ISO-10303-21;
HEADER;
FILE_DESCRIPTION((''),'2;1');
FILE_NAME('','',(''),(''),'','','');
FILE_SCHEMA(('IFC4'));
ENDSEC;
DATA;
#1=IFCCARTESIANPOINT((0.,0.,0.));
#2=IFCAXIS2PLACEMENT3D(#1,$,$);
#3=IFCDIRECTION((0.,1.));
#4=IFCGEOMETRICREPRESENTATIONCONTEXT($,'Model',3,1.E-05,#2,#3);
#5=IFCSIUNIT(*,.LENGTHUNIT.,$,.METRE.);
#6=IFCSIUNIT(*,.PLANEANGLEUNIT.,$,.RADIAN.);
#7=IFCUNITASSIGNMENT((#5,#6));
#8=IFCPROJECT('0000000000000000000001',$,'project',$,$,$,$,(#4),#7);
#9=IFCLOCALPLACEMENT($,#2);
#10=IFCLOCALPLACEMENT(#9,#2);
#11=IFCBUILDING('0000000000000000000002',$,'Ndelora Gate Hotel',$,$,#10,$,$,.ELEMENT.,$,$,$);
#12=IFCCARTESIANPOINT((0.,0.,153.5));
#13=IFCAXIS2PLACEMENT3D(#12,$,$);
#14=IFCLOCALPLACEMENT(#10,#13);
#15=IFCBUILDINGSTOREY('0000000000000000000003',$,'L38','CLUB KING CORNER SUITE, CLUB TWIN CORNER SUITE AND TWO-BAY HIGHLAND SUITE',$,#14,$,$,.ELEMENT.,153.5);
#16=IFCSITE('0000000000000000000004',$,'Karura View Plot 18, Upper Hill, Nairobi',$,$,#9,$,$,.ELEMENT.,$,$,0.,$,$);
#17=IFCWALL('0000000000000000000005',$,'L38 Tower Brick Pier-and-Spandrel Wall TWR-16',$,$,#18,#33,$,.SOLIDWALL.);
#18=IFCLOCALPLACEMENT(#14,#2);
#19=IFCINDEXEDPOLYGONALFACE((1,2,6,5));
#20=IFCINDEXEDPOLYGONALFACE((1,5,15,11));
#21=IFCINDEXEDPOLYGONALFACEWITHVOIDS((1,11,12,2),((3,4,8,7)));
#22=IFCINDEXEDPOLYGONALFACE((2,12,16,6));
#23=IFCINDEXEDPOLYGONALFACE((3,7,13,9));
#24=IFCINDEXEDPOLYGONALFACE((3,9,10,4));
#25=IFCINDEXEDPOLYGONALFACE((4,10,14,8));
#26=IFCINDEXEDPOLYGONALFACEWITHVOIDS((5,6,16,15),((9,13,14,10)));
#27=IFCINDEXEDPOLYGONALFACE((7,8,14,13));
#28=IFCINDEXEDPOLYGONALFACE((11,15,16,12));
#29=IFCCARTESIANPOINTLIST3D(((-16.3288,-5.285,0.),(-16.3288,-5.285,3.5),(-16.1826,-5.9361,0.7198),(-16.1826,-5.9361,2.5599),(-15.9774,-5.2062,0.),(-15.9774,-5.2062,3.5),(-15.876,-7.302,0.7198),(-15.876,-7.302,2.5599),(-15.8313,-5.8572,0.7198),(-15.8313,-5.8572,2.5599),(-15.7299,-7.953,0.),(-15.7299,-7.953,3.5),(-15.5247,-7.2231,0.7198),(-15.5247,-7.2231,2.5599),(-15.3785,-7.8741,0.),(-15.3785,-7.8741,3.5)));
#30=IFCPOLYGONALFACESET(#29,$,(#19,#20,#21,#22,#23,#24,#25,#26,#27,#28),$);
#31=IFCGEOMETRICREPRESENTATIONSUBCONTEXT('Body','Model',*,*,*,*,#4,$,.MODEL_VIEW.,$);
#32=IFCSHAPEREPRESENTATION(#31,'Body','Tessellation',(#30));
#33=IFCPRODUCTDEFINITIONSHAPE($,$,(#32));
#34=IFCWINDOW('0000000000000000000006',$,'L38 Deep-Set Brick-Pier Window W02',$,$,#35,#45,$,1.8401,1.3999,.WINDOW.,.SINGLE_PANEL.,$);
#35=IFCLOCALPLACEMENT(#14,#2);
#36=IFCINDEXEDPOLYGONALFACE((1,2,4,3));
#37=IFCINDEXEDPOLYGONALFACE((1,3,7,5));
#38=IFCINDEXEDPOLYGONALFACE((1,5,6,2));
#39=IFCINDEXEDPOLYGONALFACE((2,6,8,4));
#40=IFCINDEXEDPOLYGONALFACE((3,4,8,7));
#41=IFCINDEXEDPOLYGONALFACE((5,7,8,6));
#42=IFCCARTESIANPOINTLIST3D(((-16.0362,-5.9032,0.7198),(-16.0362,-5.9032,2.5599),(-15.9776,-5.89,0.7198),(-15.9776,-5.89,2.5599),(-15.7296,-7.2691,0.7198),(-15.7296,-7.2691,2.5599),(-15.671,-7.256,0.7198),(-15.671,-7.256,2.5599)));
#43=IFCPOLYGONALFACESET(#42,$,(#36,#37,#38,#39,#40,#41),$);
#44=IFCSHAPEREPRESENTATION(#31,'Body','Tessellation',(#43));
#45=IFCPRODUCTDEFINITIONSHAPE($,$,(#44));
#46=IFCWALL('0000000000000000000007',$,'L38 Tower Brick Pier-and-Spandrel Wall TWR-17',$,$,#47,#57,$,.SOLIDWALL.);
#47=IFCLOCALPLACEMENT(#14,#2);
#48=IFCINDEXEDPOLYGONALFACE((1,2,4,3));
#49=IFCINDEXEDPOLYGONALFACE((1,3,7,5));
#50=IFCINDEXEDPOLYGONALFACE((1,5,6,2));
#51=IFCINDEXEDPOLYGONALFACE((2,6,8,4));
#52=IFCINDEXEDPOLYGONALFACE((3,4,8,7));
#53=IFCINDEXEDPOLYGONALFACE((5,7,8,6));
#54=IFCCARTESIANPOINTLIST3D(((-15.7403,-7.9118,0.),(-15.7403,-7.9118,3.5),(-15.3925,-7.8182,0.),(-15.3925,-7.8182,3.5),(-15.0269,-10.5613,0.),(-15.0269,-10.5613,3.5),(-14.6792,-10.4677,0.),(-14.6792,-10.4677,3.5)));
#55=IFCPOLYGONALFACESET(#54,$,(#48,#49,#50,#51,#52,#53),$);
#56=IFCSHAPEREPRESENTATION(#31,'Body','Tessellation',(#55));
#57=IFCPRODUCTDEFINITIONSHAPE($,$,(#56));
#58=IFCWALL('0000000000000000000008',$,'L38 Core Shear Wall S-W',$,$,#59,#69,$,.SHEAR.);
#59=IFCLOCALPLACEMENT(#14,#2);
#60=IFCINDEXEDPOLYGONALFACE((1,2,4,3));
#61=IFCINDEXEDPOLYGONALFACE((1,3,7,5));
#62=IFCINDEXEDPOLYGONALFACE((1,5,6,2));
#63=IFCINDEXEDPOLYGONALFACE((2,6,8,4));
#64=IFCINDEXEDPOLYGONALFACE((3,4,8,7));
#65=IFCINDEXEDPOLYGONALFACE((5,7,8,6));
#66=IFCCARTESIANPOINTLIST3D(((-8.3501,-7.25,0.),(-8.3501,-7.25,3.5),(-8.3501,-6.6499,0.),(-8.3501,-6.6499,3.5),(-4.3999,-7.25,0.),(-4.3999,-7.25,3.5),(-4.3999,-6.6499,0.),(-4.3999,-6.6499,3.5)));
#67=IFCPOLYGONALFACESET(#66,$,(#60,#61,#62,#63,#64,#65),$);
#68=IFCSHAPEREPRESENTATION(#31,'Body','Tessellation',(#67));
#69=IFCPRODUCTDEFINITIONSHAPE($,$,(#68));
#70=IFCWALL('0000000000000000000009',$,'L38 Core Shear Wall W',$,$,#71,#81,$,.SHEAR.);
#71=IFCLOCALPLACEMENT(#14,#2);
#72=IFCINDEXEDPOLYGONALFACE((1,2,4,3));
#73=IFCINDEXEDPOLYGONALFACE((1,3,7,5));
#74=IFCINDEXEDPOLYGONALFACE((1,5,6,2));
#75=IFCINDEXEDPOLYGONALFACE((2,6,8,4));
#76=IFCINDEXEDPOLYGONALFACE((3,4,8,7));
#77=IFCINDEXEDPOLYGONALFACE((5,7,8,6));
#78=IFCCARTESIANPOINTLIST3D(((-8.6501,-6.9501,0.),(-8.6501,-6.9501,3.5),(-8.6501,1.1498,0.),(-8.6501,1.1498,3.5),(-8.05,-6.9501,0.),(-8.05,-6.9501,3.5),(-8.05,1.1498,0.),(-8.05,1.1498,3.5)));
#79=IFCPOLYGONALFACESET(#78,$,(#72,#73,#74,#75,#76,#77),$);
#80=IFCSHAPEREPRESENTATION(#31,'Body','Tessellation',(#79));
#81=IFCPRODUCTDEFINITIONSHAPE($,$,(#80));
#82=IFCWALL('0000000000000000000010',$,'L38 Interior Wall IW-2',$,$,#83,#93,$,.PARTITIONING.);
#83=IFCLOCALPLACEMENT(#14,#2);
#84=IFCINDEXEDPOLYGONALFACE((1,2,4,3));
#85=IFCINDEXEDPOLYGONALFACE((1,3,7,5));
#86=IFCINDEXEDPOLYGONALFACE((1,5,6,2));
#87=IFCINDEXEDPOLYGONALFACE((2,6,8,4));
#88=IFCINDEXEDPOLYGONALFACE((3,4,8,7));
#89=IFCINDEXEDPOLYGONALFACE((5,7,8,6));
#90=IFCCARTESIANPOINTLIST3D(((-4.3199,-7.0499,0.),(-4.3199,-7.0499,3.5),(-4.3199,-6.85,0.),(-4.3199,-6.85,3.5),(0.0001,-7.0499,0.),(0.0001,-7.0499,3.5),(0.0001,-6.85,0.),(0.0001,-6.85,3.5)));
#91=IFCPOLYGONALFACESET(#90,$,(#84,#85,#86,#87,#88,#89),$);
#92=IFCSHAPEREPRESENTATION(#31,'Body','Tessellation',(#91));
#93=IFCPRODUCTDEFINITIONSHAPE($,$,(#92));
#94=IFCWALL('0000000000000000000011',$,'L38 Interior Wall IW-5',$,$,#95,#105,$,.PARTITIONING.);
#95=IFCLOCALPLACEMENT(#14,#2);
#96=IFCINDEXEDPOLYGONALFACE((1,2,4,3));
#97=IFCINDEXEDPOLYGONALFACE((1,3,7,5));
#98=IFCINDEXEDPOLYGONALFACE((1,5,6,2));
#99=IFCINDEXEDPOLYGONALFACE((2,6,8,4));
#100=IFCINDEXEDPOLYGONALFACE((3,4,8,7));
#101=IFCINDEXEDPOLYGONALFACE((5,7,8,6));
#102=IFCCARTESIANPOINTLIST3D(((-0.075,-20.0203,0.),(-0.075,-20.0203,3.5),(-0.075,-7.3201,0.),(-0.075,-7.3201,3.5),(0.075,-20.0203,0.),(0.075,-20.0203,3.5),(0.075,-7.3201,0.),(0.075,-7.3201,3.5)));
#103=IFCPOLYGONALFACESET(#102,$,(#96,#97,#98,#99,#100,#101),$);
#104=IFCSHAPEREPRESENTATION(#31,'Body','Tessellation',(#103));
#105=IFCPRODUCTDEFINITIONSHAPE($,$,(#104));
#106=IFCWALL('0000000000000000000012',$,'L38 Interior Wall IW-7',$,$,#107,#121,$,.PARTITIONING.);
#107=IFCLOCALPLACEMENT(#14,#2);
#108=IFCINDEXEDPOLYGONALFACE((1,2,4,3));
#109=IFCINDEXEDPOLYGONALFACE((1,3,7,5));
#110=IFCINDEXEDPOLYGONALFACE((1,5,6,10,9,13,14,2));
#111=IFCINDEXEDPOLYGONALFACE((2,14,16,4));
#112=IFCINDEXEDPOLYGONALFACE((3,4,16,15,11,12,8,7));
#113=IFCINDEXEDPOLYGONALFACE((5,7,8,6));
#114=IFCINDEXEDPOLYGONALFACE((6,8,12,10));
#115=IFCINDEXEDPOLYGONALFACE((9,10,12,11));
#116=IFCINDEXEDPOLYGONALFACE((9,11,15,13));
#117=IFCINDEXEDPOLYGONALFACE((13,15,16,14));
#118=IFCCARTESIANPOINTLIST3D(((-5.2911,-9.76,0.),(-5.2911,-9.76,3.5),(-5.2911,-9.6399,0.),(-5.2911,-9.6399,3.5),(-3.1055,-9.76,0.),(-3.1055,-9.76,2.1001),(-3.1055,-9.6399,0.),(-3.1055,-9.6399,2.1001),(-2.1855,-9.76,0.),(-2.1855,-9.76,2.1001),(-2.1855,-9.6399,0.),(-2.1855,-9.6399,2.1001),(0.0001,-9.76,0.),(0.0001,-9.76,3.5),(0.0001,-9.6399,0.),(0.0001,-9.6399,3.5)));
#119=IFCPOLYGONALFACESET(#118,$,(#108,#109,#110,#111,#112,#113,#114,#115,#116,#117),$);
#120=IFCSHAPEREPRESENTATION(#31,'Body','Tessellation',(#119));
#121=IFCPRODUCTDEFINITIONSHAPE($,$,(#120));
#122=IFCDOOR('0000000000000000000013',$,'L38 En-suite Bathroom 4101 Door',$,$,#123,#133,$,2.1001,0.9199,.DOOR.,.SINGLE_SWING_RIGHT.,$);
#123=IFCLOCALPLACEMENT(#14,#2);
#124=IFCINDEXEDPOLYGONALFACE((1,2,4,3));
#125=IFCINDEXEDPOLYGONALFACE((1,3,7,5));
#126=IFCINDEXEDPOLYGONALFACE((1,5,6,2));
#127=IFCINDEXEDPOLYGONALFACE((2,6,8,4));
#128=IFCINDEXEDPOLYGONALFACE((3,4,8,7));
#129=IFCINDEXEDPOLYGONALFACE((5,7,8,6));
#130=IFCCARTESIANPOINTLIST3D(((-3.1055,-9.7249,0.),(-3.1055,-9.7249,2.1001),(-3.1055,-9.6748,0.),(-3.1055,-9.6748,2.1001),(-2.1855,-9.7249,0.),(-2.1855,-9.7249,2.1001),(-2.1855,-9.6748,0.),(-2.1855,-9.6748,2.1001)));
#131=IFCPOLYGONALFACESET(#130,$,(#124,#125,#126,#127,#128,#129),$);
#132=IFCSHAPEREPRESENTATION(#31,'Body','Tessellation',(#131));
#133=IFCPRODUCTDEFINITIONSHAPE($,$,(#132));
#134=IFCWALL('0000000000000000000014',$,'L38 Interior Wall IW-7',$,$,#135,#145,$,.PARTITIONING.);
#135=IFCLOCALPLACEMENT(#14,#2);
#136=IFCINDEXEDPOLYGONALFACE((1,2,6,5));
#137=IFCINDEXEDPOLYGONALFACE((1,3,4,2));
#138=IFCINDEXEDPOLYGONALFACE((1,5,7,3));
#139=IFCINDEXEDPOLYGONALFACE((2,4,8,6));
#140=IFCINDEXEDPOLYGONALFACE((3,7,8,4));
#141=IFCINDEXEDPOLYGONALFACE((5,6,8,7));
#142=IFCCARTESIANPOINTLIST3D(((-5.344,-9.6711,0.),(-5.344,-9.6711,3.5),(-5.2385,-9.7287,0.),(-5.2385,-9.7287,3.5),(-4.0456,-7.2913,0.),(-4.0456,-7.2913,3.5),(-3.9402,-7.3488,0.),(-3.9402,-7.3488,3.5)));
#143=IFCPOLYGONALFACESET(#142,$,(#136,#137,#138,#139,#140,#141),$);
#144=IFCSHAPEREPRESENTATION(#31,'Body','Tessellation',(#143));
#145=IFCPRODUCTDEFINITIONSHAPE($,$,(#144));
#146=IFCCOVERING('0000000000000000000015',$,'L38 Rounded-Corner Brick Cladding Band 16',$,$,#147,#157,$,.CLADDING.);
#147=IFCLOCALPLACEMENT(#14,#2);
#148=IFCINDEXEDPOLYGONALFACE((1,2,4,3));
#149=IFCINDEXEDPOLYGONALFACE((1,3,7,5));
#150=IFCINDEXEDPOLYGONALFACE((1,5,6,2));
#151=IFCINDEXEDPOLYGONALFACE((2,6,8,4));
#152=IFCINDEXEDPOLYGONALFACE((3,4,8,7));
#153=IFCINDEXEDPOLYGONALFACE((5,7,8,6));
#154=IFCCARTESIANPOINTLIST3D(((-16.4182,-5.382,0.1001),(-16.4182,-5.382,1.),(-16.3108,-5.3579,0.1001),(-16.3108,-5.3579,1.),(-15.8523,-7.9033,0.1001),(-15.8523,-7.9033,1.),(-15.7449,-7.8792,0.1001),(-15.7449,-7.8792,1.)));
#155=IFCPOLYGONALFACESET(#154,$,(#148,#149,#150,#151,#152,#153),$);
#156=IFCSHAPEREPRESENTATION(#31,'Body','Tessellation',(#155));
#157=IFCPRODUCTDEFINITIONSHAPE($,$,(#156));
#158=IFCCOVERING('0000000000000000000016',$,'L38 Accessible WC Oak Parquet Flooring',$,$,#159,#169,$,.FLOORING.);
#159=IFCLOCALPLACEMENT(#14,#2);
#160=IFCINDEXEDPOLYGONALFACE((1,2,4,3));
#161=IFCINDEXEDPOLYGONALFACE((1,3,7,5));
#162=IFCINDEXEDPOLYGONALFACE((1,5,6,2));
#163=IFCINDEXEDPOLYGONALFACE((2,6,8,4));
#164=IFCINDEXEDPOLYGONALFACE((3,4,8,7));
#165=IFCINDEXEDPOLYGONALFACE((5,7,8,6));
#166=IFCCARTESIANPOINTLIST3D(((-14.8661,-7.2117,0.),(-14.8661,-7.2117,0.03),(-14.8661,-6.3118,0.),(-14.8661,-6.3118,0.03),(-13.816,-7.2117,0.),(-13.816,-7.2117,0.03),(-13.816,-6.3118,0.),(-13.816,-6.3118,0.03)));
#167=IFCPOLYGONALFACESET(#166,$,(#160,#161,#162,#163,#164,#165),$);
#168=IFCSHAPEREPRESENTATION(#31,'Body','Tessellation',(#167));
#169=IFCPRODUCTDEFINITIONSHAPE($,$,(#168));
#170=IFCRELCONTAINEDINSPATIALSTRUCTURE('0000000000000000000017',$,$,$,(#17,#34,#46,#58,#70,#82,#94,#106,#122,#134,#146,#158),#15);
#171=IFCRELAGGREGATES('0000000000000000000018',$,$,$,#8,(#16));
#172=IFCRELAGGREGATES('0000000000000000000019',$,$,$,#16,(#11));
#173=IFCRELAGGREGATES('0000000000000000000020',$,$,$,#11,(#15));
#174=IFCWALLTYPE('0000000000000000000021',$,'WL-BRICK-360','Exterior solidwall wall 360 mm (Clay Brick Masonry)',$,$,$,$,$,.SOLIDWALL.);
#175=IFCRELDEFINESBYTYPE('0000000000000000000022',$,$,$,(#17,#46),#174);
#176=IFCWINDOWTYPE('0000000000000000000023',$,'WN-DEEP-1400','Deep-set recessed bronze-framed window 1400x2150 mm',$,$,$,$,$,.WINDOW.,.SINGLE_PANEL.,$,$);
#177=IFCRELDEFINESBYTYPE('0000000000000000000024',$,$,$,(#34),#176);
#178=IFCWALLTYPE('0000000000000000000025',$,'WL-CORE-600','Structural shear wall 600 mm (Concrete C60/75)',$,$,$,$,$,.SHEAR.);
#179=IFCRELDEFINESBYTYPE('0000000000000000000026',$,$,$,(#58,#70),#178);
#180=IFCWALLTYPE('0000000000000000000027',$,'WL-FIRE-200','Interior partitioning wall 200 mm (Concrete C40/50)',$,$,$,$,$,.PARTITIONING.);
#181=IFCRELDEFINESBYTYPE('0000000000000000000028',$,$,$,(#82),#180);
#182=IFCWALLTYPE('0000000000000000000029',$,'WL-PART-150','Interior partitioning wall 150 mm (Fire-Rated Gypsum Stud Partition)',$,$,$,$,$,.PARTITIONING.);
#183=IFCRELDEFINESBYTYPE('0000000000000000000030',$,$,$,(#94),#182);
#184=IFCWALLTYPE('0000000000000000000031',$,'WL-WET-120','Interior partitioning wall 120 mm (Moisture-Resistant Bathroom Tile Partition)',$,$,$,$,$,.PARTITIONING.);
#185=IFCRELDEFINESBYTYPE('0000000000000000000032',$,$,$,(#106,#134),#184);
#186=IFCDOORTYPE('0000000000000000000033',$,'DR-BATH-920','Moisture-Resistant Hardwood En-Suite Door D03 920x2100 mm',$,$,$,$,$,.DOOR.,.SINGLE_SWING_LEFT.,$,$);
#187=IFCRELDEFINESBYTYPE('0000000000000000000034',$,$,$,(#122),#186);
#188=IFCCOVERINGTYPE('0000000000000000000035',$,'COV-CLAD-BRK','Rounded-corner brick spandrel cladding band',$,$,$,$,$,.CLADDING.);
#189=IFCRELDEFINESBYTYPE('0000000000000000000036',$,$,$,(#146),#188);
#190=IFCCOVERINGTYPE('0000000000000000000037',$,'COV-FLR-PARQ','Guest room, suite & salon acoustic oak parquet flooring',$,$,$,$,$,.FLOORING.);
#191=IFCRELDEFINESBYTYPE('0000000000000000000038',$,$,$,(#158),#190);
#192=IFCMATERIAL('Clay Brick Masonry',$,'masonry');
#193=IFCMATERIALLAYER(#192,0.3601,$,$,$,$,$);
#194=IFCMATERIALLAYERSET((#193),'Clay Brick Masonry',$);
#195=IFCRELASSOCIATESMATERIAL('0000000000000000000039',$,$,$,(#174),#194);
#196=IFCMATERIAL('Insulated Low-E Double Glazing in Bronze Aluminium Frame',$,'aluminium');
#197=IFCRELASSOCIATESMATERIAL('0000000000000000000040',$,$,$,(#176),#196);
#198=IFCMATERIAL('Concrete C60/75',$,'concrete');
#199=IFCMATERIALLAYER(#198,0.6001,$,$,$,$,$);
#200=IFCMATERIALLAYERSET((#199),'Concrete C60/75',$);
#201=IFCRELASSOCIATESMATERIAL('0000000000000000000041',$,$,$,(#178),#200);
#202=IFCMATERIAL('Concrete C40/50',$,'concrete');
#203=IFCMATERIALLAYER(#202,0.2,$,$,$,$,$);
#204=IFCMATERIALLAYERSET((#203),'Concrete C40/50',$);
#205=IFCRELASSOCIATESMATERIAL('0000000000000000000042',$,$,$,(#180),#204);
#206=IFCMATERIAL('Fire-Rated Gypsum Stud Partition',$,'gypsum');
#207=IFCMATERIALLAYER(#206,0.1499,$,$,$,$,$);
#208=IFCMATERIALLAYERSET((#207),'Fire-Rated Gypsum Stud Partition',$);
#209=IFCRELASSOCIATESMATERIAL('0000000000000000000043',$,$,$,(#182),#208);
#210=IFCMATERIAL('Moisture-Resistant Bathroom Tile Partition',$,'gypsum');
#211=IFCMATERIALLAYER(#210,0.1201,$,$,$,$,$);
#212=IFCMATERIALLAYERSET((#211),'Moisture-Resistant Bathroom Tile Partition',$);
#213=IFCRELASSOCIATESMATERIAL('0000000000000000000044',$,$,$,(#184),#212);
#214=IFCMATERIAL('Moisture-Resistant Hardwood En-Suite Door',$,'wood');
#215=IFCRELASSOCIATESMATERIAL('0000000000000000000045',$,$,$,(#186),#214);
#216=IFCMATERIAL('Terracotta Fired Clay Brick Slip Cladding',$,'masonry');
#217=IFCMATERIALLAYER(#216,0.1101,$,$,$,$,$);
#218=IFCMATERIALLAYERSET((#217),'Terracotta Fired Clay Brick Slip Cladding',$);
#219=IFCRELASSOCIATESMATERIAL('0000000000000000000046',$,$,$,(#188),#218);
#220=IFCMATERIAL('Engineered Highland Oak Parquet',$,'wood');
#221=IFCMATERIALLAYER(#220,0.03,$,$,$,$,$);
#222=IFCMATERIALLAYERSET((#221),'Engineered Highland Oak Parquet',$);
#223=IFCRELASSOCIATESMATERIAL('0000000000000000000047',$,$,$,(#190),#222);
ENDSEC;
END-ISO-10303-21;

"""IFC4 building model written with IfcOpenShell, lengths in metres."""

from ifc_helpers import new_model, si_unit, direction, frame, frame_2d, origin, origin_2d, place, context, subcontext, project, spatial, rectangle, extrude, material, layer, layer_set, type_object, element, fill, save


model = new_model("IFC4")

# Units and contexts
model_context = context("Model", 3, precision=1e-05, world=origin(), true_north=direction((0.0, 1.0)))
body_context = subcontext(model_context, "Body", "Model", "MODEL_VIEW")
ifc_project = project(units=[si_unit("LENGTHUNIT", "METRE"), si_unit("PLANEANGLEUNIT", "RADIAN")], contexts=[model_context])

# Site, building, storey
site_placement = place(None, origin())
site = spatial("IfcSite", under=ifc_project, at=site_placement, Name="Karura View Plot 18, Upper Hill, Nairobi", CompositionType="ELEMENT", RefElevation=0.0)
building_placement = place(site_placement, origin())
building = spatial("IfcBuilding", under=site, at=building_placement, Name="Ndelora Gate Hotel", CompositionType="ELEMENT")
storey_placement = place(building_placement, frame((0.0, 0.0, 153.5)))
storey = spatial("IfcBuildingStorey", under=building, at=storey_placement, Name="L38", Description="CLUB KING CORNER SUITE, CLUB TWIN CORNER SUITE AND TWO-BAY HIGHLAND SUITE", CompositionType="ELEMENT", Elevation=153.5)

# Shared definitions
ifc_material_1 = material(Name="Concrete C60/75", Category="concrete")

# Wall, opening, window
ifc_material_2 = material(Name="Clay Brick Masonry", Category="masonry")
ifc_layer_1 = layer(ifc_material_2, 0.3601)
ifc_layer_set_1 = layer_set([ifc_layer_1], Name="Clay Brick Masonry")
wall_type_1 = type_object("IfcWallType", Name="WL-BRICK-360", Description="Exterior solidwall wall 360 mm (Clay Brick Masonry)", PredefinedType="SOLIDWALL", material=ifc_layer_set_1)
wall_1_placement = place(storey_placement, frame((-15.5542, -7.9136, 0.0), z_axis=(0.0, 0.0, 1.0), x_axis=(-0.219019, 0.975721, 0.0)))
wall_1 = element("IfcWall", 1, at=wall_1_placement, inside=storey, type_object=wall_type_1, Name="L38 Tower Brick Pier-and-Spandrel Wall TWR-16", PredefinedType="SOLIDWALL", context=body_context, shape_type="SweptSolid", body=[
    extrude(rectangle(XDim=2.7344, YDim=0.3601, at=frame_2d((1.3672, 0.0))), origin(), (0.0, 0.0, 1.0), 3.5),
])
opening_1_placement = place(wall_1_placement, frame((0.6672, 0.0, 0.72)))
opening_1 = element("IfcOpeningElement", 2, at=opening_1_placement, cuts=wall_1, PredefinedType="OPENING", context=body_context, shape_type="SweptSolid", body=[
    extrude(rectangle(XDim=1.3999, YDim=1.8401, at=frame_2d((0.7, 0.9199))), frame((0.0, 0.1899, 0.0), z_axis=(0.0, -1.0, 0.0), x_axis=(1.0, 0.0, 0.0)), (0.0, 0.0, 1.0), 0.3801),
])
ifc_material_3 = material(Name="Insulated Low-E Double Glazing in Bronze Aluminium Frame", Category="aluminium")
window_type = type_object("IfcWindowType", Name="WN-DEEP-1400", Description="Deep-set recessed bronze-framed window 1400x2150 mm", PartitioningType="SINGLE_PANEL", PredefinedType="WINDOW", material=ifc_material_3)
window_placement = place(opening_1_placement, origin())
window = element("IfcWindow", 3, at=window_placement, inside=storey, type_object=window_type, Name="L38 Deep-Set Brick-Pier Window W02", OverallHeight=1.8401, OverallWidth=1.3999, PartitioningType="SINGLE_PANEL", PredefinedType="WINDOW", context=body_context, shape_type="SweptSolid", body=[
    extrude(rectangle(XDim=1.3999, YDim=1.8401, at=frame_2d((0.7, 0.9199))), frame((0.0, 0.03, 0.0), z_axis=(0.0, -1.0, 0.0), x_axis=(1.0, 0.0, 0.0)), (0.0, 0.0, 1.0), 0.0601),
])
fill(opening_1, window)

# Walls
wall_2_placement = place(storey_placement, frame((-14.853, -10.5146, 0.0), z_axis=(0.0, 0.0, 1.0), x_axis=(-0.259977, 0.965615, 0.0)))
element("IfcWall", 4, at=wall_2_placement, inside=storey, type_object=wall_type_1, Name="L38 Tower Brick Pier-and-Spandrel Wall TWR-17", PredefinedType="SOLIDWALL", context=body_context, shape_type="SweptSolid", body=[
    extrude(rectangle(XDim=2.7439, YDim=0.3601, at=frame_2d((1.3721, 0.0))), origin(), (0.0, 0.0, 1.0), 3.5),
])
ifc_layer_2 = layer(ifc_material_1, 0.6001)
ifc_layer_set_2 = layer_set([ifc_layer_2], Name="Concrete C60/75")
wall_type_2 = type_object("IfcWallType", Name="WL-CORE-600", Description="Structural shear wall 600 mm (Concrete C60/75)", PredefinedType="SHEAR", material=ifc_layer_set_2)
wall_3_placement = place(storey_placement, frame((-8.3501, -6.95, 0.0), z_axis=(0.0, 0.0, 1.0), x_axis=(1.0, 0.0, 0.0)))
element("IfcWall", 5, at=wall_3_placement, inside=storey, type_object=wall_type_2, Name="L38 Core Shear Wall S-W", PredefinedType="SHEAR", context=body_context, shape_type="SweptSolid", body=[
    extrude(rectangle(XDim=3.9502, YDim=0.6001, at=frame_2d((1.9751, 0.0))), origin(), (0.0, 0.0, 1.0), 3.5),
])
wall_4_placement = place(storey_placement, frame((-8.3501, -6.95, 0.0), z_axis=(0.0, 0.0, 1.0), x_axis=(0.0, 1.0, 0.0)))
element("IfcWall", 6, at=wall_4_placement, inside=storey, type_object=wall_type_2, Name="L38 Core Shear Wall W", PredefinedType="SHEAR", context=body_context, shape_type="SweptSolid", body=[
    extrude(rectangle(XDim=8.0999, YDim=0.6001, at=frame_2d((4.0498, 0.0))), origin(), (0.0, 0.0, 1.0), 3.5),
])
ifc_material_4 = material(Name="Concrete C40/50", Category="concrete")
ifc_layer_3 = layer(ifc_material_4, 0.2)
ifc_layer_set_3 = layer_set([ifc_layer_3], Name="Concrete C40/50")
wall_type_3 = type_object("IfcWallType", Name="WL-FIRE-200", Description="Interior partitioning wall 200 mm (Concrete C40/50)", PredefinedType="PARTITIONING", material=ifc_layer_set_3)
wall_5_placement = place(storey_placement, frame((-4.3201, -6.95, 0.0), z_axis=(0.0, 0.0, 1.0), x_axis=(1.0, 0.0, 0.0)))
element("IfcWall", 7, at=wall_5_placement, inside=storey, type_object=wall_type_3, Name="L38 Interior Wall IW-2", PredefinedType="PARTITIONING", context=body_context, shape_type="SweptSolid", body=[
    extrude(rectangle(XDim=4.3201, YDim=0.2, at=frame_2d((2.1602, 0.0))), origin(), (0.0, 0.0, 1.0), 3.5),
])
ifc_material_5 = material(Name="Fire-Rated Gypsum Stud Partition", Category="gypsum")
ifc_layer_4 = layer(ifc_material_5, 0.1499)
ifc_layer_set_4 = layer_set([ifc_layer_4], Name="Fire-Rated Gypsum Stud Partition")
wall_type_4 = type_object("IfcWallType", Name="WL-PART-150", Description="Interior partitioning wall 150 mm (Fire-Rated Gypsum Stud Partition)", PredefinedType="PARTITIONING", material=ifc_layer_set_4)
wall_6_placement = place(storey_placement, frame((0.0, -7.3201, 0.0), z_axis=(0.0, 0.0, 1.0), x_axis=(0.0, -1.0, 0.0)))
element("IfcWall", 8, at=wall_6_placement, inside=storey, type_object=wall_type_4, Name="L38 Interior Wall IW-5", PredefinedType="PARTITIONING", context=body_context, shape_type="SweptSolid", body=[
    extrude(rectangle(XDim=12.7002, YDim=0.1499, at=frame_2d((6.3501, 0.0))), origin(), (0.0, 0.0, 1.0), 3.5),
])

# Wall, opening, door
ifc_material_6 = material(Name="Moisture-Resistant Bathroom Tile Partition", Category="gypsum")
ifc_layer_5 = layer(ifc_material_6, 0.1201)
ifc_layer_set_5 = layer_set([ifc_layer_5], Name="Moisture-Resistant Bathroom Tile Partition")
wall_type_5 = type_object("IfcWallType", Name="WL-WET-120", Description="Interior partitioning wall 120 mm (Moisture-Resistant Bathroom Tile Partition)", PredefinedType="PARTITIONING", material=ifc_layer_set_5)
wall_7_placement = place(storey_placement, frame((0.0, -9.7, 0.0), z_axis=(0.0, 0.0, 1.0), x_axis=(-1.0, 0.0, 0.0)))
wall_7 = element("IfcWall", 9, at=wall_7_placement, inside=storey, type_object=wall_type_5, Name="L38 Interior Wall IW-7", PredefinedType="PARTITIONING", context=body_context, shape_type="SweptSolid", body=[
    extrude(rectangle(XDim=5.2913, YDim=0.1201, at=frame_2d((2.6455, 0.0))), origin(), (0.0, 0.0, 1.0), 3.5),
])
opening_2_placement = place(wall_7_placement, frame((2.1855, 0.0, 0.0)))
opening_2 = element("IfcOpeningElement", 10, at=opening_2_placement, cuts=wall_7, PredefinedType="OPENING", context=body_context, shape_type="SweptSolid", body=[
    extrude(rectangle(XDim=0.9199, YDim=2.1001, at=frame_2d((0.46, 1.05))), frame((0.0, 0.0701, 0.0), z_axis=(0.0, -1.0, 0.0), x_axis=(1.0, 0.0, 0.0)), (0.0, 0.0, 1.0), 0.1401),
])
ifc_material_7 = material(Name="Moisture-Resistant Hardwood En-Suite Door", Category="wood")
door_type = type_object("IfcDoorType", Name="DR-BATH-920", Description="Moisture-Resistant Hardwood En-Suite Door D03 920x2100 mm", OperationType="SINGLE_SWING_LEFT", PredefinedType="DOOR", material=ifc_material_7)
door_placement = place(opening_2_placement, origin())
door = element("IfcDoor", 11, at=door_placement, inside=storey, type_object=door_type, Name="L38 En-suite Bathroom 4101 Door", OperationType="SINGLE_SWING_RIGHT", OverallHeight=2.1001, OverallWidth=0.9199, PredefinedType="DOOR", context=body_context, shape_type="SweptSolid", body=[
    extrude(rectangle(XDim=0.9199, YDim=2.1001, at=frame_2d((0.46, 1.05))), frame((0.0, 0.0249, 0.0), z_axis=(0.0, -1.0, 0.0), x_axis=(1.0, 0.0, 0.0)), (0.0, 0.0, 1.0), 0.05),
])
fill(opening_2, door)

# Wall
wall_8_placement = place(storey_placement, frame((-3.9929, -7.3201, 0.0), z_axis=(0.0, 0.0, 1.0), x_axis=(-0.478915, -0.877861, 0.0)))
element("IfcWall", 12, at=wall_8_placement, inside=storey, type_object=wall_type_5, Name="L38 Interior Wall IW-7", PredefinedType="PARTITIONING", context=body_context, shape_type="SweptSolid", body=[
    extrude(rectangle(XDim=2.7109, YDim=0.1201, at=frame_2d((1.3555, 0.0))), origin(), (0.0, 0.0, 1.0), 3.5),
])

# Coverings
ifc_material_8 = material(Name="Terracotta Fired Clay Brick Slip Cladding", Category="masonry")
ifc_layer_6 = layer(ifc_material_8, 0.1101)
ifc_layer_set_6 = layer_set([ifc_layer_6], Name="Terracotta Fired Clay Brick Slip Cladding")
covering_type_1 = type_object("IfcCoveringType", Name="COV-CLAD-BRK", Description="Rounded-corner brick spandrel cladding band", PredefinedType="CLADDING", material=ifc_layer_set_6)
covering_1_placement = place(storey_placement, frame((-16.0815, -6.6306, 0.1001), z_axis=(0.0, 0.0, 1.0), x_axis=(-0.218995, 0.975726, 0.0)))
element("IfcCovering", 13, at=covering_1_placement, inside=storey, type_object=covering_type_1, Name="L38 Rounded-Corner Brick Cladding Band 16", PredefinedType="CLADDING", context=body_context, shape_type="SweptSolid", body=[
    extrude(rectangle(XDim=2.584, YDim=0.1101, at=origin_2d()), origin(), (0.0, 0.0, 1.0), 0.8999),
])
ifc_material_9 = material(Name="Engineered Highland Oak Parquet", Category="wood")
ifc_layer_7 = layer(ifc_material_9, 0.03)
ifc_layer_set_7 = layer_set([ifc_layer_7], Name="Engineered Highland Oak Parquet")
covering_type_2 = type_object("IfcCoveringType", Name="COV-FLR-PARQ", Description="Guest room, suite & salon acoustic oak parquet flooring", PredefinedType="FLOORING", material=ifc_layer_set_7)
covering_2_placement = place(storey_placement, frame((-14.3411, -6.7617, 0.0), z_axis=(0.0, 0.0, 1.0), x_axis=(1.0, 0.0, 0.0)))
element("IfcCovering", 14, at=covering_2_placement, inside=storey, type_object=covering_type_2, Name="L38 Accessible WC Oak Parquet Flooring", PredefinedType="FLOORING", context=body_context, shape_type="SweptSolid", body=[
    extrude(rectangle(XDim=1.05, YDim=0.8999, at=origin_2d()), origin(), (0.0, 0.0, 1.0), 0.03),
])

save(model, "model.ifc")
